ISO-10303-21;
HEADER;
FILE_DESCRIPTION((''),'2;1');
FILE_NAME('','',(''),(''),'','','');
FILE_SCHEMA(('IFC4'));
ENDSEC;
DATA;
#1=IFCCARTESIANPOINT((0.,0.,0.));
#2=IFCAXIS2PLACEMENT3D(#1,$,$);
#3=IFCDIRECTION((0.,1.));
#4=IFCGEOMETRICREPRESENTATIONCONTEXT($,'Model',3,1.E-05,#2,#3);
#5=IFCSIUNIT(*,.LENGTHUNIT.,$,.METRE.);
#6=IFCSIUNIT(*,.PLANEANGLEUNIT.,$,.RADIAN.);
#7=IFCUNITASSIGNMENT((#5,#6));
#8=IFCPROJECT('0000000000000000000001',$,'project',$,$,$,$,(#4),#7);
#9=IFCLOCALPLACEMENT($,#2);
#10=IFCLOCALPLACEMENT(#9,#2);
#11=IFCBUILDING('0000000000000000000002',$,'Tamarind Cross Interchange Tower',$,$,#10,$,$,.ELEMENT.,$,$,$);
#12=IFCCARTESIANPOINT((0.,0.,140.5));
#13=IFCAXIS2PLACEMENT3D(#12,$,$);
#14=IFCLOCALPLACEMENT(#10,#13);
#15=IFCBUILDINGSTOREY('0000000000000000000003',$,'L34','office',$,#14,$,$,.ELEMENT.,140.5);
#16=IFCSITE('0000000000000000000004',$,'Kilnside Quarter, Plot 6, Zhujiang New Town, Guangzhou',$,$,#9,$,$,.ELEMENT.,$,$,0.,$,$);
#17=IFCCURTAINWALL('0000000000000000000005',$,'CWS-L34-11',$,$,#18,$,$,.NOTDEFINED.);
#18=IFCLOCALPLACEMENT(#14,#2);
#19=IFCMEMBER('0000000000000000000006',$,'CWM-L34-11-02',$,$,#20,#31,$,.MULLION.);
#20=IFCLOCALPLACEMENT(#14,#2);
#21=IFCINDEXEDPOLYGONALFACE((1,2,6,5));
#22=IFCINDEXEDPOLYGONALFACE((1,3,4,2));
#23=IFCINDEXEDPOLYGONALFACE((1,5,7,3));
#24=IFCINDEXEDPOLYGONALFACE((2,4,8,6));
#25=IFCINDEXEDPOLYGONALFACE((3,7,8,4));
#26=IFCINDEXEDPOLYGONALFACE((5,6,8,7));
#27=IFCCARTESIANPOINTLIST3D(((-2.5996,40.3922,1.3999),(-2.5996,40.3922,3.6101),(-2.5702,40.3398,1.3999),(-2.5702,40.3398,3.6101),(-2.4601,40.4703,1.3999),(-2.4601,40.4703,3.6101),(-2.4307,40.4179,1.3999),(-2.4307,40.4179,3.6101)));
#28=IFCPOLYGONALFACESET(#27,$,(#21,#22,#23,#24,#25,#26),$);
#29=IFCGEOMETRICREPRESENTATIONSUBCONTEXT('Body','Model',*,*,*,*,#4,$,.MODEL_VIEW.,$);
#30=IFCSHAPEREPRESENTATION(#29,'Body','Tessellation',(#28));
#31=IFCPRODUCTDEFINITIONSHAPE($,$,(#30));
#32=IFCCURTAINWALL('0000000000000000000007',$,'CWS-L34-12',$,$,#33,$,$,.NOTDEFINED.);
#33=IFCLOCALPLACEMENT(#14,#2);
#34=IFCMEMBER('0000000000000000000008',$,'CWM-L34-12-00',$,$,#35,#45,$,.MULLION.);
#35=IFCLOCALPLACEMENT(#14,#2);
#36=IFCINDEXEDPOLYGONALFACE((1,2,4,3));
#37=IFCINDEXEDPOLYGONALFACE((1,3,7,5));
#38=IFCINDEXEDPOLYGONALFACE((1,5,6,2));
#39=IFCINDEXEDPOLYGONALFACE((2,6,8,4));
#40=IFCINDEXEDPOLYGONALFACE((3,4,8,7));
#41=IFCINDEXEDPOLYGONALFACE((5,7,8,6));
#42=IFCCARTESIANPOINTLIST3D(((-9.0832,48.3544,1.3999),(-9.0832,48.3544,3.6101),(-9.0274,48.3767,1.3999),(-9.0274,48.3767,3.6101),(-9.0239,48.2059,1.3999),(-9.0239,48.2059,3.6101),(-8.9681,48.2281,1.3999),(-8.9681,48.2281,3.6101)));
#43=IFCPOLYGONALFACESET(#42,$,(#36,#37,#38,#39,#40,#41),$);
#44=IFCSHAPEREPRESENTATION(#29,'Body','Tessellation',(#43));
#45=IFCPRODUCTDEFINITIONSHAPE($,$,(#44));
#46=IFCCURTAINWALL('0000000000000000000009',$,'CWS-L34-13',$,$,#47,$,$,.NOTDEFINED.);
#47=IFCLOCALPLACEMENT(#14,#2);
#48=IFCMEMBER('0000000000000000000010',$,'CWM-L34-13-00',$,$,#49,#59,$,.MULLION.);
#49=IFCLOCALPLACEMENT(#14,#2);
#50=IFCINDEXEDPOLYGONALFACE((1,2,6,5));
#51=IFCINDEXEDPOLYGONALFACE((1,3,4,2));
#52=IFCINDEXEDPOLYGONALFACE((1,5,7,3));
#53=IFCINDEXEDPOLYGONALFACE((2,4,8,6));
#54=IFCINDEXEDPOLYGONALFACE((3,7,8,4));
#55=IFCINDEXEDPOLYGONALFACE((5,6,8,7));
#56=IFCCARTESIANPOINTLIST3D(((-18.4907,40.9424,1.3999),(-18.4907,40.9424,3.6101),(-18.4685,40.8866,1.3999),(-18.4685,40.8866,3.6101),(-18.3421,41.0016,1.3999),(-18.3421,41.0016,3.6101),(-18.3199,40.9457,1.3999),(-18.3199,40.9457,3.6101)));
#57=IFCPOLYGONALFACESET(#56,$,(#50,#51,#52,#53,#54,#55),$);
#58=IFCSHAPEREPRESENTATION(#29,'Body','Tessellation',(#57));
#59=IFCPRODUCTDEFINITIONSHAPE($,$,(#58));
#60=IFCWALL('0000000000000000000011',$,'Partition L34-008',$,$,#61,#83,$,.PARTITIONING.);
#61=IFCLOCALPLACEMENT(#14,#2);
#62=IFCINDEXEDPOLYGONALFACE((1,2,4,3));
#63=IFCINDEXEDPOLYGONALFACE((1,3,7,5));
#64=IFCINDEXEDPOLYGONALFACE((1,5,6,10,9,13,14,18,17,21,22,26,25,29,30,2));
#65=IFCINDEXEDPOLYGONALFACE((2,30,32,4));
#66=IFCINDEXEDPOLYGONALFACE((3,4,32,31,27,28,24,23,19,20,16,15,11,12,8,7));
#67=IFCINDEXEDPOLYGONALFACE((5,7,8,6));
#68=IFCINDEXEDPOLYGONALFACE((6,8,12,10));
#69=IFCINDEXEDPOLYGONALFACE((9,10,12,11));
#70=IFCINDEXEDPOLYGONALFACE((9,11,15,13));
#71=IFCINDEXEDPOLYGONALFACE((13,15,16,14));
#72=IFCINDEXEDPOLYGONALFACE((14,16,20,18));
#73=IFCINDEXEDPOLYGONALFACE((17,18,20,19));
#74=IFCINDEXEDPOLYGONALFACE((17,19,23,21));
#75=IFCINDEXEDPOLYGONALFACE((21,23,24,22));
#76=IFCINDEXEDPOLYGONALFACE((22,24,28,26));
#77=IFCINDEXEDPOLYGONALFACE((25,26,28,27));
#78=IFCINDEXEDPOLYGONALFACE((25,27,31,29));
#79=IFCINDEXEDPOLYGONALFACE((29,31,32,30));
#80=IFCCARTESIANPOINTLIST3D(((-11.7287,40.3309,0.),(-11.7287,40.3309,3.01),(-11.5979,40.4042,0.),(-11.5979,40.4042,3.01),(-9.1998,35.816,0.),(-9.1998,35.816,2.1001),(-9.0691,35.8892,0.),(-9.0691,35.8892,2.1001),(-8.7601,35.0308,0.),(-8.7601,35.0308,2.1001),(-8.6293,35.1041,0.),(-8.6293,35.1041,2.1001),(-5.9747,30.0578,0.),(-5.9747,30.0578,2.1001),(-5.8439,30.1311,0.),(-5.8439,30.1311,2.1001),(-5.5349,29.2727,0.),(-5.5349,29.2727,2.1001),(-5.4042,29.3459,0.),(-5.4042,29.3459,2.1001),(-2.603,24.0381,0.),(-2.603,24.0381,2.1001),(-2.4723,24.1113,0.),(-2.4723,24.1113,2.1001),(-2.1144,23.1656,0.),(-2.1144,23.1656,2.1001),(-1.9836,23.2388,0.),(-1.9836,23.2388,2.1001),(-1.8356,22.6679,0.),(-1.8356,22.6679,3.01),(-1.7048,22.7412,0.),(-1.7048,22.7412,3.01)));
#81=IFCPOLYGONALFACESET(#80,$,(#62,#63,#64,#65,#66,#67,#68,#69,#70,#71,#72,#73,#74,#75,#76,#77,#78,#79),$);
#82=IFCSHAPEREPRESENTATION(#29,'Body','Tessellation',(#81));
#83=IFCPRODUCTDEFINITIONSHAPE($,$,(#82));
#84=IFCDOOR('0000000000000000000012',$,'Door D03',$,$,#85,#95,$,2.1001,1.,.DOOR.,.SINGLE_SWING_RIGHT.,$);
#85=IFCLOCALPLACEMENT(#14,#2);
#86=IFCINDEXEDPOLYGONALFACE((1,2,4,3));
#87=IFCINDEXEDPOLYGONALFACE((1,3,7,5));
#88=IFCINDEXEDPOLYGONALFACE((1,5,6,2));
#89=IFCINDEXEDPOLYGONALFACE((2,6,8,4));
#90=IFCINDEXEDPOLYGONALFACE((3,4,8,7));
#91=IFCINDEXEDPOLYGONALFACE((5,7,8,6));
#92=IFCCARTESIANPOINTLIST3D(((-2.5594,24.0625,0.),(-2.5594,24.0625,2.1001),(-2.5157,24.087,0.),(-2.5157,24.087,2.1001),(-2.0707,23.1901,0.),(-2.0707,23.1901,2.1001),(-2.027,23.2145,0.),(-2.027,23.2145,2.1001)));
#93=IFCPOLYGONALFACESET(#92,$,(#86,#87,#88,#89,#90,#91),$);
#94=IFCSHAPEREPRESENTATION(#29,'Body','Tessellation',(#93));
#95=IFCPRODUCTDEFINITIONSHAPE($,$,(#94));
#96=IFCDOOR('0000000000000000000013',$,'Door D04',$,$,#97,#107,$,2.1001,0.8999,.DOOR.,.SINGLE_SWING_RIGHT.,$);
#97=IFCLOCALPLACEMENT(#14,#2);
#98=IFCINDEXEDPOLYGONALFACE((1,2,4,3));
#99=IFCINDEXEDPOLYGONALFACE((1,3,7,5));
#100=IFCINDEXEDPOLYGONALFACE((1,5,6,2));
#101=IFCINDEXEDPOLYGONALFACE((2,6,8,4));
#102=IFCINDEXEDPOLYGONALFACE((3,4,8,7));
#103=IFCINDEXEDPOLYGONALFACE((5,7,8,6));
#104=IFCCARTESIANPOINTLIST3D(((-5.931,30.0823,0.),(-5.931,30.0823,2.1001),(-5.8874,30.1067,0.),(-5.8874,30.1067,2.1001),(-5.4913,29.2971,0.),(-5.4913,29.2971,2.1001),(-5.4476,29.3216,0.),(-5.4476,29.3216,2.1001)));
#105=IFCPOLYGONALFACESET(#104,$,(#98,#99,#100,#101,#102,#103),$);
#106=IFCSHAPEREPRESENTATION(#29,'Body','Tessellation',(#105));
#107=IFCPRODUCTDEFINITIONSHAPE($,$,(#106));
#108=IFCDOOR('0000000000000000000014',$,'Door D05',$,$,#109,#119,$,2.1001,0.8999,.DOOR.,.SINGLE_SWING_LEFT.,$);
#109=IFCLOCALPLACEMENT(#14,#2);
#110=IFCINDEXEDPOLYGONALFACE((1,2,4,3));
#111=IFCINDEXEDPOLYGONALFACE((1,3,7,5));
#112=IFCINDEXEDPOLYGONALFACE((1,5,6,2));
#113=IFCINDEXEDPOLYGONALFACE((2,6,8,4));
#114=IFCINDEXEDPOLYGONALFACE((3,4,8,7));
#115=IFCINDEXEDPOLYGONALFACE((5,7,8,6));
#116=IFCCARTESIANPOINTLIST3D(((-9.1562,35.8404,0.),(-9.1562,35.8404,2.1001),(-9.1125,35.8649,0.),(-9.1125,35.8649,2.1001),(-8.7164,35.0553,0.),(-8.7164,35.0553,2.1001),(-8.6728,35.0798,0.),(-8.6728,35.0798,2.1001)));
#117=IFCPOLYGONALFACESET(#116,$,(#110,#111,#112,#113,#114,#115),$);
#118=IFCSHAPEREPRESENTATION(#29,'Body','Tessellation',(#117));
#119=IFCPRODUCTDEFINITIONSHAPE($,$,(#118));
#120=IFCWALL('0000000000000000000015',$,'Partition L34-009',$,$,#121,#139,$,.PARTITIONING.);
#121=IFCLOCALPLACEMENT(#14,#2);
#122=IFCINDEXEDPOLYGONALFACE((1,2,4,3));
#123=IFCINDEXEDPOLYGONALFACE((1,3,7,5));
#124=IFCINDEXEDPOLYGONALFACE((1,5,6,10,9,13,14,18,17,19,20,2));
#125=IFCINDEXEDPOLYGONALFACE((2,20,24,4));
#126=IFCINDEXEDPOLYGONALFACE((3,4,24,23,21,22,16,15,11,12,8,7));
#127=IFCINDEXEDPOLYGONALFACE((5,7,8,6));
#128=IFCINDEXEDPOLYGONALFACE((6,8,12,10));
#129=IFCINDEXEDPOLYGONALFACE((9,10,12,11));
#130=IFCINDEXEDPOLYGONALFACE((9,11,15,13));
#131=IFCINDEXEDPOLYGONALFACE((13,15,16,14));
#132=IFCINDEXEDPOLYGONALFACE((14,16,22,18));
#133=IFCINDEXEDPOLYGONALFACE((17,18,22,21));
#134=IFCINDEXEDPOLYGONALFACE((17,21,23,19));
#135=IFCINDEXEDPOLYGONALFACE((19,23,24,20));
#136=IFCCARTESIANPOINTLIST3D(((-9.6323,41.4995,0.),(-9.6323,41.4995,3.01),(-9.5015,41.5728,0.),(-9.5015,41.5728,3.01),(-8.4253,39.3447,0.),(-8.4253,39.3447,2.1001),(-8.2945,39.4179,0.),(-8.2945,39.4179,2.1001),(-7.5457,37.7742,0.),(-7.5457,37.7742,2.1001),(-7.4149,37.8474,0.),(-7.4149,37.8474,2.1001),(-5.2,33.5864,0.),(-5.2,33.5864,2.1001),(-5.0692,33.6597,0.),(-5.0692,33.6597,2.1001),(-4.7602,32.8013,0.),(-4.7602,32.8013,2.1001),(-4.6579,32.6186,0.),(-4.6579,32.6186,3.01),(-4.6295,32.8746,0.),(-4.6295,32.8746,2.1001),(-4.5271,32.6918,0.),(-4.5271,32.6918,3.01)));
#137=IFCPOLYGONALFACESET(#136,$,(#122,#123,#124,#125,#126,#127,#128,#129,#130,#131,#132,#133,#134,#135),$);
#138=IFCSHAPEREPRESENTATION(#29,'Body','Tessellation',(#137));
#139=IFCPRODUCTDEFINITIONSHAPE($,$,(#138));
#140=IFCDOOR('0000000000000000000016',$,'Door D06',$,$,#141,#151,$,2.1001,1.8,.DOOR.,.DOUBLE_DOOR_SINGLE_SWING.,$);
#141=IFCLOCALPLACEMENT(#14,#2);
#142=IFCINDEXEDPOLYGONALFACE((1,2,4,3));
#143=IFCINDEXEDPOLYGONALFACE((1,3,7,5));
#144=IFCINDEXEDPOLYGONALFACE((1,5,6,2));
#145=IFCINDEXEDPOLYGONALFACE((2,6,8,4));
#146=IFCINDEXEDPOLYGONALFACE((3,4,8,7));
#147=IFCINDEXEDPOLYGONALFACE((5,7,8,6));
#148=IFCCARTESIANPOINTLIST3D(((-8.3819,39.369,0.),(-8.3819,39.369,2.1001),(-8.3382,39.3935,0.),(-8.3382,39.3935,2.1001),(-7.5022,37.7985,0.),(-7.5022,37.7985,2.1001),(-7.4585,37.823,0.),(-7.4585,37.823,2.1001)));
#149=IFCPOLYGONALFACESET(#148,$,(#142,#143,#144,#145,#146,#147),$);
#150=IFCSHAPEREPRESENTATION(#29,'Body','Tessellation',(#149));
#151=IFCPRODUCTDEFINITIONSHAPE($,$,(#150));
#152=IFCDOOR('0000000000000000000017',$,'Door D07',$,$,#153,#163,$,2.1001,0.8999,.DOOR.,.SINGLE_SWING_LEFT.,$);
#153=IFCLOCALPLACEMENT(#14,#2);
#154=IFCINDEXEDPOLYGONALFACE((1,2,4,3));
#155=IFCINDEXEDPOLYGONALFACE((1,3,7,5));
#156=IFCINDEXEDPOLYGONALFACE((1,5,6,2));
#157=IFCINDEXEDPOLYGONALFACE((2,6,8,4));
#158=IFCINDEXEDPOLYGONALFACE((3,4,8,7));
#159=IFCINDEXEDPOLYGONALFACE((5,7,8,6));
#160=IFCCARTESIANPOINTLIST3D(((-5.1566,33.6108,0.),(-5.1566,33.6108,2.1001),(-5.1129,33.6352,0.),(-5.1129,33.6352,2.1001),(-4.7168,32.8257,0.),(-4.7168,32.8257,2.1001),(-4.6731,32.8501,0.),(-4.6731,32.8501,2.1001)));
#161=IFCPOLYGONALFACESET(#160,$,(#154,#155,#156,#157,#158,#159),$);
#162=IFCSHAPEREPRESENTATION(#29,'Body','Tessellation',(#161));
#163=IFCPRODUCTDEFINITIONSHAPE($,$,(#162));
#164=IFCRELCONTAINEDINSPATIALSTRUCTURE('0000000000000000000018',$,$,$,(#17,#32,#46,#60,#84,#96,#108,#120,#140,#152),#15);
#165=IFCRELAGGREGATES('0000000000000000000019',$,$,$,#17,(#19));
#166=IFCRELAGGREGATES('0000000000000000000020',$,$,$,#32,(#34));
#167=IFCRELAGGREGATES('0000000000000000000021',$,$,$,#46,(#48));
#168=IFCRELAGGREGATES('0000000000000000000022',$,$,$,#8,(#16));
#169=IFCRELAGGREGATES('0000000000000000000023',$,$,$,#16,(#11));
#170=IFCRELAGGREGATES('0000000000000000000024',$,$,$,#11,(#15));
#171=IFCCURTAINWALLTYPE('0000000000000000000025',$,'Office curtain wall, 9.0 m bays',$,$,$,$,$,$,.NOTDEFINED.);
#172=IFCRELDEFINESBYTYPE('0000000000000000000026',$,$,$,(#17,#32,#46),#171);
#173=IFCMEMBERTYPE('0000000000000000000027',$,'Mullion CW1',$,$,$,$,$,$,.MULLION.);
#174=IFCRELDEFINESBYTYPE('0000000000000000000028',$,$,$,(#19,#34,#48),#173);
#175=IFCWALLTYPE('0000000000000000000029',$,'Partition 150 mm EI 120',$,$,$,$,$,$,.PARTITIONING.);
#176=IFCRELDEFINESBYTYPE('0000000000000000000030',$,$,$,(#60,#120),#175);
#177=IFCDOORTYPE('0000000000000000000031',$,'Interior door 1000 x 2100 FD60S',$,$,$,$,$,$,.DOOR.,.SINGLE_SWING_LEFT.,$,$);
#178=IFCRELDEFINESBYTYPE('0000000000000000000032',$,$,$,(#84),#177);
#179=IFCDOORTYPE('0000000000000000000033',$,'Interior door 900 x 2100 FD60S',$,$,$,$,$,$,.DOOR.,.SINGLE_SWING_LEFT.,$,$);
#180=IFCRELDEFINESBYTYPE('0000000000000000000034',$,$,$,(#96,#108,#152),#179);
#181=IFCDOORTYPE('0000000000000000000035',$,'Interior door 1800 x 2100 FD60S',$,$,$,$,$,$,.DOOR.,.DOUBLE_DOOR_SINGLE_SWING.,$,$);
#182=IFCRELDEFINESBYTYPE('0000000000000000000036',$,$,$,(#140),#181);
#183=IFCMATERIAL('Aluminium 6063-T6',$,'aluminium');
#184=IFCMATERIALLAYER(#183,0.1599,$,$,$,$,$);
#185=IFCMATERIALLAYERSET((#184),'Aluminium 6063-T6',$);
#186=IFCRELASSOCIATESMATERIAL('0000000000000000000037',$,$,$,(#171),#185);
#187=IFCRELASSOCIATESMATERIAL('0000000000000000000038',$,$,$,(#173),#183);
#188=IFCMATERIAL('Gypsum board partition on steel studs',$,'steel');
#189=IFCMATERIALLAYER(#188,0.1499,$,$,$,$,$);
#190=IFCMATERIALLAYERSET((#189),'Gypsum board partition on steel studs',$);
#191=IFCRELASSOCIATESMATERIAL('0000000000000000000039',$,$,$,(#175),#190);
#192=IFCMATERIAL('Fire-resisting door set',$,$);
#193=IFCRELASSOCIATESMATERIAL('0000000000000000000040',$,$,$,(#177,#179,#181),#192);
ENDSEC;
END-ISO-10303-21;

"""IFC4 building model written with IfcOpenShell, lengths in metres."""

from ifc_helpers import new_model, si_unit, direction, frame, frame_2d, origin, origin_2d, place, context, subcontext, project, spatial, rectangle, extrude, material, layer, layer_set, material_profile, profile_set, type_object, element, fill, aggregate, save


model = new_model("IFC4")

# Units and contexts
model_context = context("Model", 3, precision=1e-05, world=origin(), true_north=direction((0.0, 1.0)))
body_context = subcontext(model_context, "Body", "Model", "MODEL_VIEW")
ifc_project = project(units=[si_unit("LENGTHUNIT", "METRE"), si_unit("PLANEANGLEUNIT", "RADIAN")], contexts=[model_context])

# Site, building, storey
site_placement = place(None, origin())
site = spatial("IfcSite", under=ifc_project, at=site_placement, Name="Kilnside Quarter, Plot 6, Zhujiang New Town, Guangzhou", CompositionType="ELEMENT", RefElevation=0.0)
building_placement = place(site_placement, origin())
building = spatial("IfcBuilding", under=site, at=building_placement, Name="Tamarind Cross Interchange Tower", CompositionType="ELEMENT")
storey_placement = place(building_placement, frame((0.0, 0.0, 140.5)))
storey = spatial("IfcBuildingStorey", under=building, at=storey_placement, Name="L34", Description="office", CompositionType="ELEMENT", Elevation=140.5)

# Curtain walls, members
ifc_material_1 = material(Name="Aluminium 6063-T6", Category="aluminium")
ifc_layer_1 = layer(ifc_material_1, 0.1599)
ifc_layer_set_1 = layer_set([ifc_layer_1], Name="Aluminium 6063-T6")
curtain_wall_type = type_object("IfcCurtainWallType", Name="Office curtain wall, 9.0 m bays", PredefinedType="NOTDEFINED", material=ifc_layer_set_1)
curtain_wall_1_placement = place(storey_placement, origin())
curtain_wall_1 = element("IfcCurtainWall", 1, at=curtain_wall_1_placement, inside=storey, type_object=curtain_wall_type, Name="CWS-L34-11", PredefinedType="NOTDEFINED")
ifc_material_profile_1 = material_profile(ifc_material_1, rectangle(XDim=0.0601, YDim=0.1599, at=origin_2d()), Name="Mullion CW1")
ifc_profile_set_1 = profile_set([ifc_material_profile_1], Name="Aluminium 6063-T6")
member_type = type_object("IfcMemberType", Name="Mullion CW1", PredefinedType="MULLION", material=ifc_profile_set_1)
member_1_placement = place(storey_placement, frame((-2.5151, 40.405, 1.3999), z_axis=(0.0, 0.0, 1.0), x_axis=(-0.488688, 0.872458, 0.0)))
member_1 = element("IfcMember", 2, at=member_1_placement, type_object=member_type, Name="CWM-L34-11-02", PredefinedType="MULLION", context=body_context, shape_type="SweptSolid", body=[
    extrude(rectangle(XDim=0.0601, YDim=0.1599, at=origin_2d()), origin(), (0.0, 0.0, 1.0), 2.2102),
])
aggregate(curtain_wall_1, [member_1])
curtain_wall_2_placement = place(storey_placement, origin())
curtain_wall_2 = element("IfcCurtainWall", 3, at=curtain_wall_2_placement, inside=storey, type_object=curtain_wall_type, Name="CWS-L34-12", PredefinedType="NOTDEFINED")
member_2_placement = place(storey_placement, frame((-9.0256, 48.2913, 1.3999), z_axis=(0.0, 0.0, 1.0), x_axis=(-0.928781, -0.370629, 0.0)))
member_2 = element("IfcMember", 4, at=member_2_placement, type_object=member_type, Name="CWM-L34-12-00", PredefinedType="MULLION", context=body_context, shape_type="SweptSolid", body=[
    extrude(rectangle(XDim=0.0601, YDim=0.1599, at=origin_2d()), origin(), (0.0, 0.0, 1.0), 2.2102),
])
aggregate(curtain_wall_2, [member_2])
curtain_wall_3_placement = place(storey_placement, origin())
curtain_wall_3 = element("IfcCurtainWall", 5, at=curtain_wall_3_placement, inside=storey, type_object=curtain_wall_type, Name="CWS-L34-13", PredefinedType="NOTDEFINED")
member_3_placement = place(storey_placement, frame((-18.4053, 40.9441, 1.3999), z_axis=(0.0, 0.0, 1.0), x_axis=(0.369685, -0.929157, 0.0)))
member_3 = element("IfcMember", 6, at=member_3_placement, type_object=member_type, Name="CWM-L34-13-00", PredefinedType="MULLION", context=body_context, shape_type="SweptSolid", body=[
    extrude(rectangle(XDim=0.0601, YDim=0.1599, at=origin_2d()), origin(), (0.0, 0.0, 1.0), 2.2102),
])
aggregate(curtain_wall_3, [member_3])

# Walls, openings, doors
ifc_material_2 = material(Name="Gypsum board partition on steel studs", Category="steel")
ifc_layer_2 = layer(ifc_material_2, 0.1499)
ifc_layer_set_2 = layer_set([ifc_layer_2], Name="Gypsum board partition on steel studs")
wall_type = type_object("IfcWallType", Name="Partition 150 mm EI 120", PredefinedType="PARTITIONING", material=ifc_layer_set_2)
wall_1_placement = place(storey_placement, frame((-11.6633, 40.3677, 0.0), z_axis=(0.0, 0.0, 1.0), x_axis=(0.488669, -0.872469, 0.0)))
wall_1 = element("IfcWall", 7, at=wall_1_placement, inside=storey, type_object=wall_type, Name="Partition L34-008", PredefinedType="PARTITIONING", context=body_context, shape_type="SweptSolid", body=[
    extrude(rectangle(XDim=20.2449, YDim=0.1499, at=frame_2d((10.1226, 0.0))), origin(), (0.0, 0.0, 1.0), 3.01),
])
opening_1_placement = place(wall_1_placement, frame((18.6746, 0.0, 0.0)))
opening_1 = element("IfcOpeningElement", 8, at=opening_1_placement, cuts=wall_1, PredefinedType="OPENING", context=body_context, shape_type="SweptSolid", body=[
    extrude(rectangle(XDim=1.0, YDim=2.1001, at=frame_2d((0.5, 1.05))), frame((0.0, 0.085, 0.0), z_axis=(0.0, -1.0, 0.0), x_axis=(1.0, 0.0, 0.0)), (0.0, 0.0, 1.0), 0.1699),
])
opening_2_placement = place(wall_1_placement, frame((11.7749, 0.0, 0.0)))
opening_2 = element("IfcOpeningElement", 9, at=opening_2_placement, cuts=wall_1, PredefinedType="OPENING", context=body_context, shape_type="SweptSolid", body=[
    extrude(rectangle(XDim=0.8999, YDim=2.1001, at=frame_2d((0.45, 1.05))), frame((0.0, 0.085, 0.0), z_axis=(0.0, -1.0, 0.0), x_axis=(1.0, 0.0, 0.0)), (0.0, 0.0, 1.0), 0.1699),
])
opening_3_placement = place(wall_1_placement, frame((5.175, 0.0, 0.0)))
opening_3 = element("IfcOpeningElement", 10, at=opening_3_placement, cuts=wall_1, PredefinedType="OPENING", context=body_context, shape_type="SweptSolid", body=[
    extrude(rectangle(XDim=0.8999, YDim=2.1001, at=frame_2d((0.45, 1.05))), frame((0.0, 0.085, 0.0), z_axis=(0.0, -1.0, 0.0), x_axis=(1.0, 0.0, 0.0)), (0.0, 0.0, 1.0), 0.1699),
])
ifc_material_3 = material(Name="Fire-resisting door set")
door_type_1 = type_object("IfcDoorType", Name="Interior door 1000 x 2100 FD60S", OperationType="SINGLE_SWING_LEFT", PredefinedType="DOOR", material=ifc_material_3)
door_1_placement = place(opening_1_placement, frame((1.0, 0.0, 0.0), z_axis=(0.0, 0.0, 1.0), x_axis=(-1.0, 0.0, 0.0)))
door_1 = element("IfcDoor", 11, at=door_1_placement, inside=storey, type_object=door_type_1, Name="Door D03", OperationType="SINGLE_SWING_RIGHT", OverallHeight=2.1001, OverallWidth=1.0, PredefinedType="DOOR", context=body_context, shape_type="SweptSolid", body=[
    extrude(rectangle(XDim=1.0, YDim=2.1001, at=frame_2d((0.5, 1.05))), frame((0.0, 0.0249, 0.0), z_axis=(0.0, -1.0, 0.0), x_axis=(1.0, 0.0, 0.0)), (0.0, 0.0, 1.0), 0.05),
])
fill(opening_1, door_1)
door_type_2 = type_object("IfcDoorType", Name="Interior door 900 x 2100 FD60S", OperationType="SINGLE_SWING_LEFT", PredefinedType="DOOR", material=ifc_material_3)
door_2_placement = place(opening_2_placement, frame((0.8999, 0.0, 0.0), z_axis=(0.0, 0.0, 1.0), x_axis=(-1.0, 0.0, 0.0)))
door_2 = element("IfcDoor", 12, at=door_2_placement, inside=storey, type_object=door_type_2, Name="Door D04", OperationType="SINGLE_SWING_RIGHT", OverallHeight=2.1001, OverallWidth=0.8999, PredefinedType="DOOR", context=body_context, shape_type="SweptSolid", body=[
    extrude(rectangle(XDim=0.8999, YDim=2.1001, at=frame_2d((0.45, 1.05))), frame((0.0, 0.0249, 0.0), z_axis=(0.0, -1.0, 0.0), x_axis=(1.0, 0.0, 0.0)), (0.0, 0.0, 1.0), 0.05),
])
fill(opening_2, door_2)
door_3_placement = place(opening_3_placement, frame((0.8999, 0.0, 0.0), z_axis=(0.0, 0.0, 1.0), x_axis=(-1.0, 0.0, 0.0)))
door_3 = element("IfcDoor", 13, at=door_3_placement, inside=storey, type_object=door_type_2, Name="Door D05", OperationType="SINGLE_SWING_LEFT", OverallHeight=2.1001, OverallWidth=0.8999, PredefinedType="DOOR", context=body_context, shape_type="SweptSolid", body=[
    extrude(rectangle(XDim=0.8999, YDim=2.1001, at=frame_2d((0.45, 1.05))), frame((0.0, 0.0249, 0.0), z_axis=(0.0, -1.0, 0.0), x_axis=(1.0, 0.0, 0.0)), (0.0, 0.0, 1.0), 0.05),
])
fill(opening_3, door_3)
wall_2_placement = place(storey_placement, frame((-9.5669, 41.5361, 0.0), z_axis=(0.0, 0.0, 1.0), x_axis=(0.488684, -0.872461, 0.0)))
wall_2 = element("IfcWall", 14, at=wall_2_placement, inside=storey, type_object=wall_type, Name="Partition L34-009", PredefinedType="PARTITIONING", context=body_context, shape_type="SweptSolid", body=[
    extrude(rectangle(XDim=10.1792, YDim=0.1499, at=frame_2d((5.0896, 0.0))), origin(), (0.0, 0.0, 1.0), 3.01),
])
opening_4_placement = place(wall_2_placement, frame((2.47, 0.0, 0.0)))
opening_4 = element("IfcOpeningElement", 15, at=opening_4_placement, cuts=wall_2, PredefinedType="OPENING", context=body_context, shape_type="SweptSolid", body=[
    extrude(rectangle(XDim=1.8, YDim=2.1001, at=frame_2d((0.8999, 1.05))), frame((0.0, 0.085, 0.0), z_axis=(0.0, -1.0, 0.0), x_axis=(1.0, 0.0, 0.0)), (0.0, 0.0, 1.0), 0.1699),
])
opening_5_placement = place(wall_2_placement, frame((9.0698, 0.0, 0.0)))
opening_5 = element("IfcOpeningElement", 16, at=opening_5_placement, cuts=wall_2, PredefinedType="OPENING", context=body_context, shape_type="SweptSolid", body=[
    extrude(rectangle(XDim=0.8999, YDim=2.1001, at=frame_2d((0.45, 1.05))), frame((0.0, 0.085, 0.0), z_axis=(0.0, -1.0, 0.0), x_axis=(1.0, 0.0, 0.0)), (0.0, 0.0, 1.0), 0.1699),
])
door_type_3 = type_object("IfcDoorType", Name="Interior door 1800 x 2100 FD60S", OperationType="DOUBLE_DOOR_SINGLE_SWING", PredefinedType="DOOR", material=ifc_material_3)
door_4_placement = place(opening_4_placement, origin())
door_4 = element("IfcDoor", 17, at=door_4_placement, inside=storey, type_object=door_type_3, Name="Door D06", OperationType="DOUBLE_DOOR_SINGLE_SWING", OverallHeight=2.1001, OverallWidth=1.8, PredefinedType="DOOR", context=body_context, shape_type="SweptSolid", body=[
    extrude(rectangle(XDim=1.8, YDim=2.1001, at=frame_2d((0.8999, 1.05))), frame((0.0, 0.0249, 0.0), z_axis=(0.0, -1.0, 0.0), x_axis=(1.0, 0.0, 0.0)), (0.0, 0.0, 1.0), 0.05),
])
fill(opening_4, door_4)
door_5_placement = place(opening_5_placement, origin())
door_5 = element("IfcDoor", 18, at=door_5_placement, inside=storey, type_object=door_type_2, Name="Door D07", OperationType="SINGLE_SWING_LEFT", OverallHeight=2.1001, OverallWidth=0.8999, PredefinedType="DOOR", context=body_context, shape_type="SweptSolid", body=[
    extrude(rectangle(XDim=0.8999, YDim=2.1001, at=frame_2d((0.45, 1.05))), frame((0.0, 0.0249, 0.0), z_axis=(0.0, -1.0, 0.0), x_axis=(1.0, 0.0, 0.0)), (0.0, 0.0, 1.0), 0.05),
])
fill(opening_5, door_5)

save(model, "model.ifc")
